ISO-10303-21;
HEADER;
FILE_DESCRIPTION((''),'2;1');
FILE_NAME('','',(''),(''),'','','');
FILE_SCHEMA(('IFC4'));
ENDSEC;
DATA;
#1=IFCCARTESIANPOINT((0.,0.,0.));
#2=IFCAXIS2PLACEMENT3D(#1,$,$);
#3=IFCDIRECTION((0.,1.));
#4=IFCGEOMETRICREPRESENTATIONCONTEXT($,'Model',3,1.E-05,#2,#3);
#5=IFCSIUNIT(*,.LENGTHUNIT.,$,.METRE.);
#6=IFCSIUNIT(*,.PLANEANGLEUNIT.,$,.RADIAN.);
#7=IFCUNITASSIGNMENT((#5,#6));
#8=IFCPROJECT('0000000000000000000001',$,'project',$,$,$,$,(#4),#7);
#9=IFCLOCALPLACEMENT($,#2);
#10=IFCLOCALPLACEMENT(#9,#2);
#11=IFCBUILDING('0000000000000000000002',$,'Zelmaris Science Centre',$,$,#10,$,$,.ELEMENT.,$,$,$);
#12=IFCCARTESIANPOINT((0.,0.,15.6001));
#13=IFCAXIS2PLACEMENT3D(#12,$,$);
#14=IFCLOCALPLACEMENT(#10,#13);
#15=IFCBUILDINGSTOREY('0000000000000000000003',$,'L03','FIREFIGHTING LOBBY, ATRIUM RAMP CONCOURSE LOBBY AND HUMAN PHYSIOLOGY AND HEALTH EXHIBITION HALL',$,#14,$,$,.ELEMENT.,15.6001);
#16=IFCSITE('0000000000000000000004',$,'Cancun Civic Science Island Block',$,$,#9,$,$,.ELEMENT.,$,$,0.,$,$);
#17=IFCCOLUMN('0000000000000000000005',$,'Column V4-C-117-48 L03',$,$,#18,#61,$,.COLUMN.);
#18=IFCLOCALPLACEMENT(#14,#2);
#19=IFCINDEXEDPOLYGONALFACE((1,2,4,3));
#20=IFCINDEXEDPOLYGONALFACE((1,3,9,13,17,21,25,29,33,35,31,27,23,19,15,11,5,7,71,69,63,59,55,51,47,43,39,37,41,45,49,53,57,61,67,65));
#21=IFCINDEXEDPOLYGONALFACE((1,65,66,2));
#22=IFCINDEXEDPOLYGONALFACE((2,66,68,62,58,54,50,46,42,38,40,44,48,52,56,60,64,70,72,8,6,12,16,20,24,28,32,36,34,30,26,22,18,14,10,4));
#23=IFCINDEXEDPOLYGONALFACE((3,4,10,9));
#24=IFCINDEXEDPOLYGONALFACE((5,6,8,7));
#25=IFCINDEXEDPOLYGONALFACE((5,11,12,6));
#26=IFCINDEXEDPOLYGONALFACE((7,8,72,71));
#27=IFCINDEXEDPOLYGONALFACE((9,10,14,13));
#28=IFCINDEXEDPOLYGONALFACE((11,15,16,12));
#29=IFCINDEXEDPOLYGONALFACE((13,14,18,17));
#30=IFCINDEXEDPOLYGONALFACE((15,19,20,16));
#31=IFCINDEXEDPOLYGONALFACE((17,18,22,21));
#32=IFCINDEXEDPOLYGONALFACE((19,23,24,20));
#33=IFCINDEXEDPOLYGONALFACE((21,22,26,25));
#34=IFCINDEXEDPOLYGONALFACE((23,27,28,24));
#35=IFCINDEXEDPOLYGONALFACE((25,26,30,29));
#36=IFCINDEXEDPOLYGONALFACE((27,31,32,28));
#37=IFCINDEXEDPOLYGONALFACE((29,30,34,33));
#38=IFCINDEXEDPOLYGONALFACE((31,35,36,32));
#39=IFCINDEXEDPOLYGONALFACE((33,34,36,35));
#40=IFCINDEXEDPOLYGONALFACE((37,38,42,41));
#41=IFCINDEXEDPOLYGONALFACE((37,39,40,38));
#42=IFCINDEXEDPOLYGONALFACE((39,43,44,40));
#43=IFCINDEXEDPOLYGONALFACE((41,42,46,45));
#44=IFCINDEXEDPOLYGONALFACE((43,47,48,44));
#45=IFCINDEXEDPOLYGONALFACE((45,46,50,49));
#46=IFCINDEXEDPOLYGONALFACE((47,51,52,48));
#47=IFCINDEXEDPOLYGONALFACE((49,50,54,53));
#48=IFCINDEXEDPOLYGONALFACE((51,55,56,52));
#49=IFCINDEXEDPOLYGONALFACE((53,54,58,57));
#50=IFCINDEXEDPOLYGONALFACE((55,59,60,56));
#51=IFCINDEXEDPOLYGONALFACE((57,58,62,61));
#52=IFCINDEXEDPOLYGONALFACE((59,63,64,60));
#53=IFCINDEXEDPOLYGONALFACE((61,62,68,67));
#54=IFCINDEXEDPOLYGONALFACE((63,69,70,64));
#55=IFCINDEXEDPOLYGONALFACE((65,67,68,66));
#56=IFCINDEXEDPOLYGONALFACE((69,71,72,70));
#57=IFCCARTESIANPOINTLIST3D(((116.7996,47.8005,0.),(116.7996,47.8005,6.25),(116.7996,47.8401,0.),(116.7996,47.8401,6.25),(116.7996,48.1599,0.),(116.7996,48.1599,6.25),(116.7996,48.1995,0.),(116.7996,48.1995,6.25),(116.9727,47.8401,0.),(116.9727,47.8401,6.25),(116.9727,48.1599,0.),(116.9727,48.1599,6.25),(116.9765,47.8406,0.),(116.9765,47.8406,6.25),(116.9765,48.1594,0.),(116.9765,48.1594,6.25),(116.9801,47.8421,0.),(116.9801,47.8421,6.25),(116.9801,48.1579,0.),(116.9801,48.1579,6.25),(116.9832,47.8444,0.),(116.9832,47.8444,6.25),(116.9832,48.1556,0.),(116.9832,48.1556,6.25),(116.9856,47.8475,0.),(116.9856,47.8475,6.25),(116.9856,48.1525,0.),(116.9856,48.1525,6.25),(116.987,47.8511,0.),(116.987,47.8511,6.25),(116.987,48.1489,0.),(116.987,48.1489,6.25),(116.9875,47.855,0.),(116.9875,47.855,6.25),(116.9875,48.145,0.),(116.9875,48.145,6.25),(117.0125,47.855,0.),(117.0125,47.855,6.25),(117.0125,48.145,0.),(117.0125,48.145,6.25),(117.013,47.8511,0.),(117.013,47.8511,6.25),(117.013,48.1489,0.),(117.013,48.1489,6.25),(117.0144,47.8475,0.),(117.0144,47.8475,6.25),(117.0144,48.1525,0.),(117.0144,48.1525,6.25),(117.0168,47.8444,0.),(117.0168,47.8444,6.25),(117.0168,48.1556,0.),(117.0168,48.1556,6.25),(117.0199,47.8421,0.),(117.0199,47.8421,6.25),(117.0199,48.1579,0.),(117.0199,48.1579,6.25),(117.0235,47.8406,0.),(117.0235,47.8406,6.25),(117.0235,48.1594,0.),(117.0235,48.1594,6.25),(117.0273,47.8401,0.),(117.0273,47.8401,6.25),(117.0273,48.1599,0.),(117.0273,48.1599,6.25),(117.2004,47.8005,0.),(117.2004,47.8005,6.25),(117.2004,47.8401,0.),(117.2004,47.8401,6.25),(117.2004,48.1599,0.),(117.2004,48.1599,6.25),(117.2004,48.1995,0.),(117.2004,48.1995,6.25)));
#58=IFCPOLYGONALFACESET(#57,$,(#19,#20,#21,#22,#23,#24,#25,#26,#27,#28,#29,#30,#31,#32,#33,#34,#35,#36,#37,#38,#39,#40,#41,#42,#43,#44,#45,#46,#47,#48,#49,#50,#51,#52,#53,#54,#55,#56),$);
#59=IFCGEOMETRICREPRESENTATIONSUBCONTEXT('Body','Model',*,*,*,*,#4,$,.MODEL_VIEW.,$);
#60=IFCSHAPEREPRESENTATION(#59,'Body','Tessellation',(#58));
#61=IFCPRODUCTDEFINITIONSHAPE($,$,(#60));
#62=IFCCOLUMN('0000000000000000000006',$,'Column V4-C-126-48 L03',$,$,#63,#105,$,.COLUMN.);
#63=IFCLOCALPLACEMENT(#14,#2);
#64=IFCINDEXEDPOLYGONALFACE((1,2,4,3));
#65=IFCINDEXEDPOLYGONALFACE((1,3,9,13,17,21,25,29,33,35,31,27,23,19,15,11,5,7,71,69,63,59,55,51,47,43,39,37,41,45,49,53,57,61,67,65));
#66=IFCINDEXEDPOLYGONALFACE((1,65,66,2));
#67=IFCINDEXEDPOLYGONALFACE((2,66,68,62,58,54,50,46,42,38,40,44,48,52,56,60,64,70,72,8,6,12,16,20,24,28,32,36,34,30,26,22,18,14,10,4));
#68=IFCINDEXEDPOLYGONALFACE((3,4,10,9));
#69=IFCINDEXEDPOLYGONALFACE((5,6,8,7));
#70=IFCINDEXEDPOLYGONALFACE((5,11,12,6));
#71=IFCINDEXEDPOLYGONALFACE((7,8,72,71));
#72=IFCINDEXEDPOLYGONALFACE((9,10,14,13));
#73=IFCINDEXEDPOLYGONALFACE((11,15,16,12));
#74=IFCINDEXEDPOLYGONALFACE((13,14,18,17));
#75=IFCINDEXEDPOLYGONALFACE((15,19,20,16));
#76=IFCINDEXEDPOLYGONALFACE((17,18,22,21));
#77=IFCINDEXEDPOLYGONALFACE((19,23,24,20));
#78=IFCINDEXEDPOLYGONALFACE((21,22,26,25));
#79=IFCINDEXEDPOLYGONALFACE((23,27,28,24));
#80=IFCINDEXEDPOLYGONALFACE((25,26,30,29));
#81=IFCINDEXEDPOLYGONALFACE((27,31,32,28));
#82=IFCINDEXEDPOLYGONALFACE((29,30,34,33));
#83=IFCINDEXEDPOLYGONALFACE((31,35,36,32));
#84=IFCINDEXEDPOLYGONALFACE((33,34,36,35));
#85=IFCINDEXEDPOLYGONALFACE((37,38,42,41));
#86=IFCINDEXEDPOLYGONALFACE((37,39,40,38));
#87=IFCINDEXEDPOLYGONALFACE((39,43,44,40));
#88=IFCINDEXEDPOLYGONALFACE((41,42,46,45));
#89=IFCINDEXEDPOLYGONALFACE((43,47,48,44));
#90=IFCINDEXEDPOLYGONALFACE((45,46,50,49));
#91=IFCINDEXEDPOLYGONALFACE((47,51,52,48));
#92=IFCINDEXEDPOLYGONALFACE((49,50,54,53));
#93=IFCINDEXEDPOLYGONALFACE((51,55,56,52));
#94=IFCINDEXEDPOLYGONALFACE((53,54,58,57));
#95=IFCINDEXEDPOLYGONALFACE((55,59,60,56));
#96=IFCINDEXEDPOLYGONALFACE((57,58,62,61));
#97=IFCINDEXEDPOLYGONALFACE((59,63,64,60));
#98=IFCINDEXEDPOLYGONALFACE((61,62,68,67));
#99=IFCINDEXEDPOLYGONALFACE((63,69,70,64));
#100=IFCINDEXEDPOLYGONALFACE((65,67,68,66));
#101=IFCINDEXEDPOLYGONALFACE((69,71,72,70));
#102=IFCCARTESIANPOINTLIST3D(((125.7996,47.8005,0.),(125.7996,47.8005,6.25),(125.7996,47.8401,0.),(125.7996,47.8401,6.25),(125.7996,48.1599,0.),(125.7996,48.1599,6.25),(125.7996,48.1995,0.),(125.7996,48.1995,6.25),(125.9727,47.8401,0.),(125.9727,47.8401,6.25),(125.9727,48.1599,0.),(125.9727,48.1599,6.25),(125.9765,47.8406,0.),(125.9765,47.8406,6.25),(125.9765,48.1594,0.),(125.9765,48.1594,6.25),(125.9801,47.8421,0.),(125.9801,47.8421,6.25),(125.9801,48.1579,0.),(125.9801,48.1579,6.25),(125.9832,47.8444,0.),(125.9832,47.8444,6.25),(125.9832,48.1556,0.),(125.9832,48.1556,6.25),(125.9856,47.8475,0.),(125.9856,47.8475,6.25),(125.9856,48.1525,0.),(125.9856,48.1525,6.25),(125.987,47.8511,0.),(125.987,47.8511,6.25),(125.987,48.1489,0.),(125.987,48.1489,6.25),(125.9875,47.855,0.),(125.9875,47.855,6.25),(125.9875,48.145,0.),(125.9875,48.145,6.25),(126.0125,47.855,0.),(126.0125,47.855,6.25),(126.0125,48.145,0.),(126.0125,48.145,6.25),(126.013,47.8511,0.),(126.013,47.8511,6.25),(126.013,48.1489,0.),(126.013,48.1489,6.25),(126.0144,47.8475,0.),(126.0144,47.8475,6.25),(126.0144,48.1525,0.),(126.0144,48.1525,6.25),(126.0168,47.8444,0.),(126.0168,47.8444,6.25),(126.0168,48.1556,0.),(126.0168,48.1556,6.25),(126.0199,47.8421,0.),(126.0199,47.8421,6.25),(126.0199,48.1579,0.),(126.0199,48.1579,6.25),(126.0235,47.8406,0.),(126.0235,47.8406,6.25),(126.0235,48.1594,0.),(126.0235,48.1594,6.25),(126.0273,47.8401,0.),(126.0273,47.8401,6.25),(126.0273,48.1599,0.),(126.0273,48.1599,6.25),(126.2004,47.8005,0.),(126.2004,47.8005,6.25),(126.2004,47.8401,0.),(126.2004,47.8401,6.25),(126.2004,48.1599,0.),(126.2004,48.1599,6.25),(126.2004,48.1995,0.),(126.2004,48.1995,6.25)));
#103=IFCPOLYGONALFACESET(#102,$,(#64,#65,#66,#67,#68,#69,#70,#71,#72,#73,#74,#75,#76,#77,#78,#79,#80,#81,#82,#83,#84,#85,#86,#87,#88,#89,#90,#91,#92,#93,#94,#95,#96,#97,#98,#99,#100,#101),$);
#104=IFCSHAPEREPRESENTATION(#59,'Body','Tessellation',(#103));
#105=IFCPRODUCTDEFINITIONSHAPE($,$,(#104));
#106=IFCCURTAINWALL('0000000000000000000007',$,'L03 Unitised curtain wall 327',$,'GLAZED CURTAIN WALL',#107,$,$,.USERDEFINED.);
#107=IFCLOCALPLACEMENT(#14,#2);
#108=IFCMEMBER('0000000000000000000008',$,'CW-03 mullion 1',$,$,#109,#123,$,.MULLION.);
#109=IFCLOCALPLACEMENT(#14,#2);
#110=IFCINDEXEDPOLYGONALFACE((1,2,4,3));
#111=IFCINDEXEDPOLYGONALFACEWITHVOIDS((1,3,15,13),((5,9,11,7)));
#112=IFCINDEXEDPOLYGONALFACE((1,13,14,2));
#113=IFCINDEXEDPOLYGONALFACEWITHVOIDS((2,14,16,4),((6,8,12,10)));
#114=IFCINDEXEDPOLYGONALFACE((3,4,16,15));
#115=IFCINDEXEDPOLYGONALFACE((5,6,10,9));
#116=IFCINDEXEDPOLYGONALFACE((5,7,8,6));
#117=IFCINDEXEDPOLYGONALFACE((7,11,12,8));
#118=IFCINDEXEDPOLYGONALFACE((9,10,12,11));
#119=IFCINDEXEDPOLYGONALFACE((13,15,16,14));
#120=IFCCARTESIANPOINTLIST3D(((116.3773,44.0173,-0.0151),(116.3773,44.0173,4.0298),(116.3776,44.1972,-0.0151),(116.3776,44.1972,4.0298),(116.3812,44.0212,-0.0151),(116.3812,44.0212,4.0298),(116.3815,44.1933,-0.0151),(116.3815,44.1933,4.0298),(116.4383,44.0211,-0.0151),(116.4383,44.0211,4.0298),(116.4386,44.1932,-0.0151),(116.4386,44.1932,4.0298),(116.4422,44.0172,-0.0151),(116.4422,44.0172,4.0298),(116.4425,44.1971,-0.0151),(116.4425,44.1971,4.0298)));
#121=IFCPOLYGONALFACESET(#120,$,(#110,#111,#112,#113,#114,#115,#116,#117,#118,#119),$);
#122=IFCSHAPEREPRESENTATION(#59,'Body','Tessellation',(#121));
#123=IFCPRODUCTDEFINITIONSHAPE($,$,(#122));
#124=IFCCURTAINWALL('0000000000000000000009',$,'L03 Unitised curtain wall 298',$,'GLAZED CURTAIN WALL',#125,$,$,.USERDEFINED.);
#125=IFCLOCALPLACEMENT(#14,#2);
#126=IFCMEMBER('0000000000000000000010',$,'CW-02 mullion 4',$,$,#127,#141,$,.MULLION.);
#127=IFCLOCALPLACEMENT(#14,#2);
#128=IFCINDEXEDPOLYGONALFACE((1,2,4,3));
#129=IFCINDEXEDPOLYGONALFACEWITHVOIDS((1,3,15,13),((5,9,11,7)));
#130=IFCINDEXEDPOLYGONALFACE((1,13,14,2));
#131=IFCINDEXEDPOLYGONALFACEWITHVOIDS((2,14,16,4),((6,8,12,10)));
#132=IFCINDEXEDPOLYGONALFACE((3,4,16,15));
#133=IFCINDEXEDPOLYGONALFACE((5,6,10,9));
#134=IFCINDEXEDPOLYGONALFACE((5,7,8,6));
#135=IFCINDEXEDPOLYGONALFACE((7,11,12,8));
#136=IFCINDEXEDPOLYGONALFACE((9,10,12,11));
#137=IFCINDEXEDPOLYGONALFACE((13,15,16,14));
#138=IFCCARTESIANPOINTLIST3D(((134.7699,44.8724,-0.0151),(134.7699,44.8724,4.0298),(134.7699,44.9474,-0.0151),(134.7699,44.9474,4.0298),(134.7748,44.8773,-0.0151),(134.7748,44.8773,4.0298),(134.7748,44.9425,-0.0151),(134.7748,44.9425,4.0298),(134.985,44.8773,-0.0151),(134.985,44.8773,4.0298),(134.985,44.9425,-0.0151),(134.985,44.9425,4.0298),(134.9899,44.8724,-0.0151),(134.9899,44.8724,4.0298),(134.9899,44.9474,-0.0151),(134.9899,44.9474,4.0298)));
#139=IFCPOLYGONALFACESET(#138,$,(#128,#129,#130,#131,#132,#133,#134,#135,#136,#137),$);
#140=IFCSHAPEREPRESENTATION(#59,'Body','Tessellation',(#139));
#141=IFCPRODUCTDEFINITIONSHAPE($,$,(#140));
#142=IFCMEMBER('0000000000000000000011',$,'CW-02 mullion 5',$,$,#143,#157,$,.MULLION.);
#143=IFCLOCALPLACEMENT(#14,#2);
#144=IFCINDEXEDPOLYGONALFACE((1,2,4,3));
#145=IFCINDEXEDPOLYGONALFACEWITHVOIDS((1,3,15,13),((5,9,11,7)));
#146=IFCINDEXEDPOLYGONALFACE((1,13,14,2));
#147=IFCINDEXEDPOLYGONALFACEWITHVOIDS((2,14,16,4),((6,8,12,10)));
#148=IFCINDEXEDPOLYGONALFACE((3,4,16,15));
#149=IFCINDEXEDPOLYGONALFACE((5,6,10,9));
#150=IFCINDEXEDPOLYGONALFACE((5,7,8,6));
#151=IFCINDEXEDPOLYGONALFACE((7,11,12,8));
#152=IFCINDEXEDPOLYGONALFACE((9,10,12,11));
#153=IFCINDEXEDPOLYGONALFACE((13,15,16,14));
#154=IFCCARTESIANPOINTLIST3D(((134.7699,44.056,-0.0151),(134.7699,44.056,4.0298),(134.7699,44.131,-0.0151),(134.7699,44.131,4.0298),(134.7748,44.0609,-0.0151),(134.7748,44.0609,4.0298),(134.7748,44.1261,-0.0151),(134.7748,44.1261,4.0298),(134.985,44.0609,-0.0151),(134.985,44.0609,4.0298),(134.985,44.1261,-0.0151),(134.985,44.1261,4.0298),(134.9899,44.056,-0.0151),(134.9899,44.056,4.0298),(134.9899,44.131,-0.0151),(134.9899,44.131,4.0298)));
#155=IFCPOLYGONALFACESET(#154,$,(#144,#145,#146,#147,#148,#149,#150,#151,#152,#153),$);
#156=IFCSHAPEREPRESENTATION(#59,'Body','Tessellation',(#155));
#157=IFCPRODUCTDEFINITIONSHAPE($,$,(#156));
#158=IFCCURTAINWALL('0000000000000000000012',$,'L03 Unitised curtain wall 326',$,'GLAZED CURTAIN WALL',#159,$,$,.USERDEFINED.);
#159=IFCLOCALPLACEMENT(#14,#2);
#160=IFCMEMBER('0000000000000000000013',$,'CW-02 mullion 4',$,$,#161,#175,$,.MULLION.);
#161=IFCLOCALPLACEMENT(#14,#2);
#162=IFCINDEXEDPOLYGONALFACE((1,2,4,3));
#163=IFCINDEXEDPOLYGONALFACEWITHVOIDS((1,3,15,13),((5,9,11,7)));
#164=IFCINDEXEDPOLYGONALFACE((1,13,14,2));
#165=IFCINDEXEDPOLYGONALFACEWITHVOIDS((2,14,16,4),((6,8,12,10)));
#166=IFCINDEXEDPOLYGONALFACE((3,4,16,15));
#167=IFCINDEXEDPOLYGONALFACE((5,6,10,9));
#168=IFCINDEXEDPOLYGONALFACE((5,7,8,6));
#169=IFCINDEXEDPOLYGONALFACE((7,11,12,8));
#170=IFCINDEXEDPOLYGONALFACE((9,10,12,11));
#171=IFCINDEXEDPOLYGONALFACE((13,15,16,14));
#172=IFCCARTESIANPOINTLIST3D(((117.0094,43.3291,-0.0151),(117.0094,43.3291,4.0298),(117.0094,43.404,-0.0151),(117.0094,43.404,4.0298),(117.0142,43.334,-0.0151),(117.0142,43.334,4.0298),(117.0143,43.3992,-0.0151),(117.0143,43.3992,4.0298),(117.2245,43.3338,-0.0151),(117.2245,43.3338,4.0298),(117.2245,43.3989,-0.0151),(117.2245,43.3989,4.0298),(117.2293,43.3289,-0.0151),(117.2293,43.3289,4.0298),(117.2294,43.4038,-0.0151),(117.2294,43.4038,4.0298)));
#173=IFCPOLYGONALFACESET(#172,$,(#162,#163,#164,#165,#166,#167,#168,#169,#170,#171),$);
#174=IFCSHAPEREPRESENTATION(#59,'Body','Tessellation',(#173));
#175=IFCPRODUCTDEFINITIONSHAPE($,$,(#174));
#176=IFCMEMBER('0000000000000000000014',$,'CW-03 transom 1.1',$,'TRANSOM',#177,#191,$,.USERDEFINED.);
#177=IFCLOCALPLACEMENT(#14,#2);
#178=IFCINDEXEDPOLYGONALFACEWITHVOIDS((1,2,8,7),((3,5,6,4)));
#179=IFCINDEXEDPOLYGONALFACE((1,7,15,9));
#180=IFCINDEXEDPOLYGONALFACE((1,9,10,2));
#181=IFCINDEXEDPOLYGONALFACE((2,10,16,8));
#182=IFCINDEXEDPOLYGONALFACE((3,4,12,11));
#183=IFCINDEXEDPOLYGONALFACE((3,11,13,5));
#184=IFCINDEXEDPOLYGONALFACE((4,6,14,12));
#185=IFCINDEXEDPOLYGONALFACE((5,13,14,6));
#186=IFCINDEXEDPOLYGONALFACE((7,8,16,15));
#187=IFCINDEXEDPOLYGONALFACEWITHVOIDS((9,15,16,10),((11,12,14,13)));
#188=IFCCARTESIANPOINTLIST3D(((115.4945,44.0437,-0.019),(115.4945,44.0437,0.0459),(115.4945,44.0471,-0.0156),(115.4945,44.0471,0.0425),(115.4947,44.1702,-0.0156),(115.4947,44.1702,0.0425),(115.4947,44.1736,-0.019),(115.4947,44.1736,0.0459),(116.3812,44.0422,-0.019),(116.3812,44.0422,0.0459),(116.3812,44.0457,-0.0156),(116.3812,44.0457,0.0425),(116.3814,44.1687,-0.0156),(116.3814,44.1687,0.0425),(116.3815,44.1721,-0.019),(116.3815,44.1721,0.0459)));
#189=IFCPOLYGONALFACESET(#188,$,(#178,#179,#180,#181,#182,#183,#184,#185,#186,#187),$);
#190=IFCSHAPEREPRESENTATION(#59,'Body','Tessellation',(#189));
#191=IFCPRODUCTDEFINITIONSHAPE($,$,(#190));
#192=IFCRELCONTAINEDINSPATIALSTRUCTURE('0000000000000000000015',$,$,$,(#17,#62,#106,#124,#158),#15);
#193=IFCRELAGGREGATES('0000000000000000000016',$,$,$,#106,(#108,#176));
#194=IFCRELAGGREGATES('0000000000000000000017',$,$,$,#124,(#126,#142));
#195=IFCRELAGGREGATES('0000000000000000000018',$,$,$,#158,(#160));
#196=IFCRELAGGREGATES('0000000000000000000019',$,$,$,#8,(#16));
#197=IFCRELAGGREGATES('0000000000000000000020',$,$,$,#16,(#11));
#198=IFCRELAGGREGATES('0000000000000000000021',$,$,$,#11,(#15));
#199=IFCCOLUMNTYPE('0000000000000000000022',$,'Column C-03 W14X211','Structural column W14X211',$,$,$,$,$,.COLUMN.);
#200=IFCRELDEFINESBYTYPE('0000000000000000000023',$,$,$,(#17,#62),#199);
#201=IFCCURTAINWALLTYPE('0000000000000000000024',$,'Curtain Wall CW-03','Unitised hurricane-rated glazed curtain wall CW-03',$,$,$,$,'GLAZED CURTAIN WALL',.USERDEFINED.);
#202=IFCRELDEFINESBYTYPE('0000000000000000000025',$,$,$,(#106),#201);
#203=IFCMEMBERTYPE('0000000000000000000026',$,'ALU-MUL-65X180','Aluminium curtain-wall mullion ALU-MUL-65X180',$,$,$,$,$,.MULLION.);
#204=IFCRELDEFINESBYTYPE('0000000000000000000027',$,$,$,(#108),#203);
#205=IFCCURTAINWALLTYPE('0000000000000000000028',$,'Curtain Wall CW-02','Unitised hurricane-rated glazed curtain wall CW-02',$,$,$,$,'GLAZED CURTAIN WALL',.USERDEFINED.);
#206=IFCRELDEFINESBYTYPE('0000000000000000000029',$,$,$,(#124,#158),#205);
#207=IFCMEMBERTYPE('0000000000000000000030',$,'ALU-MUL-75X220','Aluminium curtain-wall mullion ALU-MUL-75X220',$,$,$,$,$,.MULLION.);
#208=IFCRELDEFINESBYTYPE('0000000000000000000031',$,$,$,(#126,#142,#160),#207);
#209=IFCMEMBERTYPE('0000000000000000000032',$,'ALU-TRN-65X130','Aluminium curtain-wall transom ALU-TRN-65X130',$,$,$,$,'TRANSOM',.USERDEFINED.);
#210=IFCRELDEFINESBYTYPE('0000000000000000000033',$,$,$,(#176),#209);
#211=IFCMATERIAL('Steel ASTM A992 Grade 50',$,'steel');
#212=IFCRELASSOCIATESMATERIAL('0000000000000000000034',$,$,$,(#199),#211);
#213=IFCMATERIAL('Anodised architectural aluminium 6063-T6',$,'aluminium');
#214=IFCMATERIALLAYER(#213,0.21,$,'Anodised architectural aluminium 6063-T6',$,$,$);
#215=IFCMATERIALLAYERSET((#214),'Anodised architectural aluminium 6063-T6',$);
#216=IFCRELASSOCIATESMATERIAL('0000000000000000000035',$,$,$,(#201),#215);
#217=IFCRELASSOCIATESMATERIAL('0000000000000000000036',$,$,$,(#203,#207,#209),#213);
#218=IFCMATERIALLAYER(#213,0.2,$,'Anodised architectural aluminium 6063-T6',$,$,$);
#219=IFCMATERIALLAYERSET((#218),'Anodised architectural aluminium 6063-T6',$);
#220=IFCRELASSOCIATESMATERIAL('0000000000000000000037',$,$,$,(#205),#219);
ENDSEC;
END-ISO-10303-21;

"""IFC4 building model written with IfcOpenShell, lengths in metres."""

from ifc_helpers import new_model, si_unit, direction, frame, origin, origin_2d, place, context, subcontext, project, spatial, hollow_rectangle, i_section, extrude, material, layer, layer_set, material_profile, profile_set, type_object, element, aggregate, save


model = new_model("IFC4")

# Units and contexts
model_context = context("Model", 3, precision=1e-05, world=origin(), true_north=direction((0.0, 1.0)))
body_context = subcontext(model_context, "Body", "Model", "MODEL_VIEW")
ifc_project = project(units=[si_unit("LENGTHUNIT", "METRE"), si_unit("PLANEANGLEUNIT", "RADIAN")], contexts=[model_context])

# Site, building, storey
site_placement = place(None, origin())
site = spatial("IfcSite", under=ifc_project, at=site_placement, Name="Cancun Civic Science Island Block", CompositionType="ELEMENT", RefElevation=0.0)
building_placement = place(site_placement, origin())
building = spatial("IfcBuilding", under=site, at=building_placement, Name="Zelmaris Science Centre", CompositionType="ELEMENT")
storey_placement = place(building_placement, frame((0.0, 0.0, 15.6001)))
storey = spatial("IfcBuildingStorey", under=building, at=storey_placement, Name="L03", Description="FIREFIGHTING LOBBY, ATRIUM RAMP CONCOURSE LOBBY AND HUMAN PHYSIOLOGY AND HEALTH EXHIBITION HALL", CompositionType="ELEMENT", Elevation=15.6001)

# Columns
ifc_material_1 = material(Name="Steel ASTM A992 Grade 50", Category="steel")
ifc_material_profile_1 = material_profile(ifc_material_1, i_section(OverallWidth=0.4009, OverallDepth=0.3989, WebThickness=0.0249, FlangeThickness=0.0396, FilletRadius=0.0149, at=origin_2d()), Name="W14X211")
ifc_profile_set_1 = profile_set([ifc_material_profile_1], Name="Steel ASTM A992 Grade 50")
column_type = type_object("IfcColumnType", Name="Column C-03 W14X211", Description="Structural column W14X211", PredefinedType="COLUMN", material=ifc_profile_set_1)
for number, where, z_axis, x_axis, name in (
    (1, (117.0, 48.0, 0.0), (0.0, 0.0, 1.0), (1.0, 0.0, 0.0), "Column V4-C-117-48 L03"),
    (2, (126.0, 48.0, 0.0), (0.0, 0.0, 1.0), (1.0, 0.0, 0.0), "Column V4-C-126-48 L03"),
):
    element("IfcColumn", number, at=place(storey_placement, frame(where, z_axis=z_axis, x_axis=x_axis)), inside=storey, type_object=column_type, Name=name, PredefinedType="COLUMN", context=body_context, shape_type="SweptSolid", body=[
        extrude(i_section(OverallWidth=0.4009, OverallDepth=0.3989, WebThickness=0.0249, FlangeThickness=0.0396, FilletRadius=0.0149, at=origin_2d()), origin(), (0.0, 0.0, 1.0), 6.25),
    ])

# Curtain wall, member
ifc_material_2 = material(Name="Anodised architectural aluminium 6063-T6", Category="aluminium")
ifc_layer_1 = layer(ifc_material_2, 0.21, Name="Anodised architectural aluminium 6063-T6")
ifc_layer_set_1 = layer_set([ifc_layer_1], Name="Anodised architectural aluminium 6063-T6")
curtain_wall_type_1 = type_object("IfcCurtainWallType", Name="Curtain Wall CW-03", Description="Unitised hurricane-rated glazed curtain wall CW-03", ElementType="GLAZED CURTAIN WALL", PredefinedType="USERDEFINED", material=ifc_layer_set_1)
curtain_wall_1_placement = place(storey_placement, origin())
curtain_wall_1 = element("IfcCurtainWall", 3, at=curtain_wall_1_placement, inside=storey, type_object=curtain_wall_type_1, Name="L03 Unitised curtain wall 327", ObjectType="GLAZED CURTAIN WALL", PredefinedType="USERDEFINED")
ifc_material_profile_2 = material_profile(ifc_material_2, hollow_rectangle(XDim=0.0649, YDim=0.1799, WallThickness=0.0039, at=origin_2d()), Name="ALU-MUL-65X180")
ifc_profile_set_2 = profile_set([ifc_material_profile_2], Name="Anodised architectural aluminium 6063-T6")
member_type_1 = type_object("IfcMemberType", Name="ALU-MUL-65X180", Description="Aluminium curtain-wall mullion ALU-MUL-65X180", PredefinedType="MULLION", material=ifc_profile_set_2)
member_1_placement = place(storey_placement, frame((116.4099, 44.1072, -0.0151), z_axis=(0.0, 0.0, 1.0), x_axis=(-0.999999, 0.001525, 0.0)))
member_1 = element("IfcMember", 4, at=member_1_placement, type_object=member_type_1, Name="CW-03 mullion 1", PredefinedType="MULLION", context=body_context, shape_type="SweptSolid", body=[
    extrude(hollow_rectangle(XDim=0.0649, YDim=0.1799, WallThickness=0.0039, at=origin_2d()), origin(), (0.0, 0.0, 1.0), 4.0449),
])

# Curtain wall, members
ifc_layer_2 = layer(ifc_material_2, 0.2, Name="Anodised architectural aluminium 6063-T6")
ifc_layer_set_2 = layer_set([ifc_layer_2], Name="Anodised architectural aluminium 6063-T6")
curtain_wall_type_2 = type_object("IfcCurtainWallType", Name="Curtain Wall CW-02", Description="Unitised hurricane-rated glazed curtain wall CW-02", ElementType="GLAZED CURTAIN WALL", PredefinedType="USERDEFINED", material=ifc_layer_set_2)
curtain_wall_2_placement = place(storey_placement, origin())
curtain_wall_2 = element("IfcCurtainWall", 5, at=curtain_wall_2_placement, inside=storey, type_object=curtain_wall_type_2, Name="L03 Unitised curtain wall 298", ObjectType="GLAZED CURTAIN WALL", PredefinedType="USERDEFINED")
ifc_material_profile_3 = material_profile(ifc_material_2, hollow_rectangle(XDim=0.075, YDim=0.22, WallThickness=0.0049, at=origin_2d()), Name="ALU-MUL-75X220")
ifc_profile_set_3 = profile_set([ifc_material_profile_3], Name="Anodised architectural aluminium 6063-T6")
member_type_2 = type_object("IfcMemberType", Name="ALU-MUL-75X220", Description="Aluminium curtain-wall mullion ALU-MUL-75X220", PredefinedType="MULLION", material=ifc_profile_set_3)
member_2_placement = place(storey_placement, frame((134.8799, 44.9099, -0.0151), z_axis=(0.0, 0.0, 1.0), x_axis=(0.0, -1.0, 0.0)))
member_2 = element("IfcMember", 6, at=member_2_placement, type_object=member_type_2, Name="CW-02 mullion 4", PredefinedType="MULLION", context=body_context, shape_type="SweptSolid", body=[
    extrude(hollow_rectangle(XDim=0.075, YDim=0.22, WallThickness=0.0049, at=origin_2d()), origin(), (0.0, 0.0, 1.0), 4.0449),
])
member_3_placement = place(storey_placement, frame((134.8799, 44.0935, -0.0151), z_axis=(0.0, 0.0, 1.0), x_axis=(0.0, -1.0, 0.0)))
member_3 = element("IfcMember", 7, at=member_3_placement, type_object=member_type_2, Name="CW-02 mullion 5", PredefinedType="MULLION", context=body_context, shape_type="SweptSolid", body=[
    extrude(hollow_rectangle(XDim=0.075, YDim=0.22, WallThickness=0.0049, at=origin_2d()), origin(), (0.0, 0.0, 1.0), 4.0449),
])

# Curtain wall, member
curtain_wall_3_placement = place(storey_placement, origin())
curtain_wall_3 = element("IfcCurtainWall", 8, at=curtain_wall_3_placement, inside=storey, type_object=curtain_wall_type_2, Name="L03 Unitised curtain wall 326", ObjectType="GLAZED CURTAIN WALL", PredefinedType="USERDEFINED")
member_4_placement = place(storey_placement, frame((117.1194, 43.3665, -0.0151), z_axis=(0.0, 0.0, 1.0), x_axis=(0.001019, 0.999999, 0.0)))
member_4 = element("IfcMember", 9, at=member_4_placement, type_object=member_type_2, Name="CW-02 mullion 4", PredefinedType="MULLION", context=body_context, shape_type="SweptSolid", body=[
    extrude(hollow_rectangle(XDim=0.075, YDim=0.22, WallThickness=0.0049, at=origin_2d()), origin(), (0.0, 0.0, 1.0), 4.0449),
])

# Member
ifc_material_profile_4 = material_profile(ifc_material_2, hollow_rectangle(XDim=0.0649, YDim=0.1299, WallThickness=0.0034, at=origin_2d()), Name="ALU-TRN-65X130")
ifc_profile_set_4 = profile_set([ifc_material_profile_4], Name="Anodised architectural aluminium 6063-T6")
member_type_3 = type_object("IfcMemberType", Name="ALU-TRN-65X130", Description="Aluminium curtain-wall transom ALU-TRN-65X130", ElementType="TRANSOM", PredefinedType="USERDEFINED", material=ifc_profile_set_4)
member_5_placement = place(storey_placement, frame((116.3813, 44.1072, 0.0134), z_axis=(-0.999999, 0.001652, 0.0), x_axis=(0.0, 0.0, 1.0)))
member_5 = element("IfcMember", 10, at=member_5_placement, type_object=member_type_3, Name="CW-03 transom 1.1", ObjectType="TRANSOM", PredefinedType="USERDEFINED", context=body_context, shape_type="SweptSolid", body=[
    extrude(hollow_rectangle(XDim=0.0649, YDim=0.1299, WallThickness=0.0034, at=origin_2d()), origin(), (0.0, 0.0, 1.0), 0.8867),
])
aggregate(curtain_wall_1, [member_1, member_5])

aggregate(curtain_wall_2, [member_2, member_3])
aggregate(curtain_wall_3, [member_4])

save(model, "model.ifc")
